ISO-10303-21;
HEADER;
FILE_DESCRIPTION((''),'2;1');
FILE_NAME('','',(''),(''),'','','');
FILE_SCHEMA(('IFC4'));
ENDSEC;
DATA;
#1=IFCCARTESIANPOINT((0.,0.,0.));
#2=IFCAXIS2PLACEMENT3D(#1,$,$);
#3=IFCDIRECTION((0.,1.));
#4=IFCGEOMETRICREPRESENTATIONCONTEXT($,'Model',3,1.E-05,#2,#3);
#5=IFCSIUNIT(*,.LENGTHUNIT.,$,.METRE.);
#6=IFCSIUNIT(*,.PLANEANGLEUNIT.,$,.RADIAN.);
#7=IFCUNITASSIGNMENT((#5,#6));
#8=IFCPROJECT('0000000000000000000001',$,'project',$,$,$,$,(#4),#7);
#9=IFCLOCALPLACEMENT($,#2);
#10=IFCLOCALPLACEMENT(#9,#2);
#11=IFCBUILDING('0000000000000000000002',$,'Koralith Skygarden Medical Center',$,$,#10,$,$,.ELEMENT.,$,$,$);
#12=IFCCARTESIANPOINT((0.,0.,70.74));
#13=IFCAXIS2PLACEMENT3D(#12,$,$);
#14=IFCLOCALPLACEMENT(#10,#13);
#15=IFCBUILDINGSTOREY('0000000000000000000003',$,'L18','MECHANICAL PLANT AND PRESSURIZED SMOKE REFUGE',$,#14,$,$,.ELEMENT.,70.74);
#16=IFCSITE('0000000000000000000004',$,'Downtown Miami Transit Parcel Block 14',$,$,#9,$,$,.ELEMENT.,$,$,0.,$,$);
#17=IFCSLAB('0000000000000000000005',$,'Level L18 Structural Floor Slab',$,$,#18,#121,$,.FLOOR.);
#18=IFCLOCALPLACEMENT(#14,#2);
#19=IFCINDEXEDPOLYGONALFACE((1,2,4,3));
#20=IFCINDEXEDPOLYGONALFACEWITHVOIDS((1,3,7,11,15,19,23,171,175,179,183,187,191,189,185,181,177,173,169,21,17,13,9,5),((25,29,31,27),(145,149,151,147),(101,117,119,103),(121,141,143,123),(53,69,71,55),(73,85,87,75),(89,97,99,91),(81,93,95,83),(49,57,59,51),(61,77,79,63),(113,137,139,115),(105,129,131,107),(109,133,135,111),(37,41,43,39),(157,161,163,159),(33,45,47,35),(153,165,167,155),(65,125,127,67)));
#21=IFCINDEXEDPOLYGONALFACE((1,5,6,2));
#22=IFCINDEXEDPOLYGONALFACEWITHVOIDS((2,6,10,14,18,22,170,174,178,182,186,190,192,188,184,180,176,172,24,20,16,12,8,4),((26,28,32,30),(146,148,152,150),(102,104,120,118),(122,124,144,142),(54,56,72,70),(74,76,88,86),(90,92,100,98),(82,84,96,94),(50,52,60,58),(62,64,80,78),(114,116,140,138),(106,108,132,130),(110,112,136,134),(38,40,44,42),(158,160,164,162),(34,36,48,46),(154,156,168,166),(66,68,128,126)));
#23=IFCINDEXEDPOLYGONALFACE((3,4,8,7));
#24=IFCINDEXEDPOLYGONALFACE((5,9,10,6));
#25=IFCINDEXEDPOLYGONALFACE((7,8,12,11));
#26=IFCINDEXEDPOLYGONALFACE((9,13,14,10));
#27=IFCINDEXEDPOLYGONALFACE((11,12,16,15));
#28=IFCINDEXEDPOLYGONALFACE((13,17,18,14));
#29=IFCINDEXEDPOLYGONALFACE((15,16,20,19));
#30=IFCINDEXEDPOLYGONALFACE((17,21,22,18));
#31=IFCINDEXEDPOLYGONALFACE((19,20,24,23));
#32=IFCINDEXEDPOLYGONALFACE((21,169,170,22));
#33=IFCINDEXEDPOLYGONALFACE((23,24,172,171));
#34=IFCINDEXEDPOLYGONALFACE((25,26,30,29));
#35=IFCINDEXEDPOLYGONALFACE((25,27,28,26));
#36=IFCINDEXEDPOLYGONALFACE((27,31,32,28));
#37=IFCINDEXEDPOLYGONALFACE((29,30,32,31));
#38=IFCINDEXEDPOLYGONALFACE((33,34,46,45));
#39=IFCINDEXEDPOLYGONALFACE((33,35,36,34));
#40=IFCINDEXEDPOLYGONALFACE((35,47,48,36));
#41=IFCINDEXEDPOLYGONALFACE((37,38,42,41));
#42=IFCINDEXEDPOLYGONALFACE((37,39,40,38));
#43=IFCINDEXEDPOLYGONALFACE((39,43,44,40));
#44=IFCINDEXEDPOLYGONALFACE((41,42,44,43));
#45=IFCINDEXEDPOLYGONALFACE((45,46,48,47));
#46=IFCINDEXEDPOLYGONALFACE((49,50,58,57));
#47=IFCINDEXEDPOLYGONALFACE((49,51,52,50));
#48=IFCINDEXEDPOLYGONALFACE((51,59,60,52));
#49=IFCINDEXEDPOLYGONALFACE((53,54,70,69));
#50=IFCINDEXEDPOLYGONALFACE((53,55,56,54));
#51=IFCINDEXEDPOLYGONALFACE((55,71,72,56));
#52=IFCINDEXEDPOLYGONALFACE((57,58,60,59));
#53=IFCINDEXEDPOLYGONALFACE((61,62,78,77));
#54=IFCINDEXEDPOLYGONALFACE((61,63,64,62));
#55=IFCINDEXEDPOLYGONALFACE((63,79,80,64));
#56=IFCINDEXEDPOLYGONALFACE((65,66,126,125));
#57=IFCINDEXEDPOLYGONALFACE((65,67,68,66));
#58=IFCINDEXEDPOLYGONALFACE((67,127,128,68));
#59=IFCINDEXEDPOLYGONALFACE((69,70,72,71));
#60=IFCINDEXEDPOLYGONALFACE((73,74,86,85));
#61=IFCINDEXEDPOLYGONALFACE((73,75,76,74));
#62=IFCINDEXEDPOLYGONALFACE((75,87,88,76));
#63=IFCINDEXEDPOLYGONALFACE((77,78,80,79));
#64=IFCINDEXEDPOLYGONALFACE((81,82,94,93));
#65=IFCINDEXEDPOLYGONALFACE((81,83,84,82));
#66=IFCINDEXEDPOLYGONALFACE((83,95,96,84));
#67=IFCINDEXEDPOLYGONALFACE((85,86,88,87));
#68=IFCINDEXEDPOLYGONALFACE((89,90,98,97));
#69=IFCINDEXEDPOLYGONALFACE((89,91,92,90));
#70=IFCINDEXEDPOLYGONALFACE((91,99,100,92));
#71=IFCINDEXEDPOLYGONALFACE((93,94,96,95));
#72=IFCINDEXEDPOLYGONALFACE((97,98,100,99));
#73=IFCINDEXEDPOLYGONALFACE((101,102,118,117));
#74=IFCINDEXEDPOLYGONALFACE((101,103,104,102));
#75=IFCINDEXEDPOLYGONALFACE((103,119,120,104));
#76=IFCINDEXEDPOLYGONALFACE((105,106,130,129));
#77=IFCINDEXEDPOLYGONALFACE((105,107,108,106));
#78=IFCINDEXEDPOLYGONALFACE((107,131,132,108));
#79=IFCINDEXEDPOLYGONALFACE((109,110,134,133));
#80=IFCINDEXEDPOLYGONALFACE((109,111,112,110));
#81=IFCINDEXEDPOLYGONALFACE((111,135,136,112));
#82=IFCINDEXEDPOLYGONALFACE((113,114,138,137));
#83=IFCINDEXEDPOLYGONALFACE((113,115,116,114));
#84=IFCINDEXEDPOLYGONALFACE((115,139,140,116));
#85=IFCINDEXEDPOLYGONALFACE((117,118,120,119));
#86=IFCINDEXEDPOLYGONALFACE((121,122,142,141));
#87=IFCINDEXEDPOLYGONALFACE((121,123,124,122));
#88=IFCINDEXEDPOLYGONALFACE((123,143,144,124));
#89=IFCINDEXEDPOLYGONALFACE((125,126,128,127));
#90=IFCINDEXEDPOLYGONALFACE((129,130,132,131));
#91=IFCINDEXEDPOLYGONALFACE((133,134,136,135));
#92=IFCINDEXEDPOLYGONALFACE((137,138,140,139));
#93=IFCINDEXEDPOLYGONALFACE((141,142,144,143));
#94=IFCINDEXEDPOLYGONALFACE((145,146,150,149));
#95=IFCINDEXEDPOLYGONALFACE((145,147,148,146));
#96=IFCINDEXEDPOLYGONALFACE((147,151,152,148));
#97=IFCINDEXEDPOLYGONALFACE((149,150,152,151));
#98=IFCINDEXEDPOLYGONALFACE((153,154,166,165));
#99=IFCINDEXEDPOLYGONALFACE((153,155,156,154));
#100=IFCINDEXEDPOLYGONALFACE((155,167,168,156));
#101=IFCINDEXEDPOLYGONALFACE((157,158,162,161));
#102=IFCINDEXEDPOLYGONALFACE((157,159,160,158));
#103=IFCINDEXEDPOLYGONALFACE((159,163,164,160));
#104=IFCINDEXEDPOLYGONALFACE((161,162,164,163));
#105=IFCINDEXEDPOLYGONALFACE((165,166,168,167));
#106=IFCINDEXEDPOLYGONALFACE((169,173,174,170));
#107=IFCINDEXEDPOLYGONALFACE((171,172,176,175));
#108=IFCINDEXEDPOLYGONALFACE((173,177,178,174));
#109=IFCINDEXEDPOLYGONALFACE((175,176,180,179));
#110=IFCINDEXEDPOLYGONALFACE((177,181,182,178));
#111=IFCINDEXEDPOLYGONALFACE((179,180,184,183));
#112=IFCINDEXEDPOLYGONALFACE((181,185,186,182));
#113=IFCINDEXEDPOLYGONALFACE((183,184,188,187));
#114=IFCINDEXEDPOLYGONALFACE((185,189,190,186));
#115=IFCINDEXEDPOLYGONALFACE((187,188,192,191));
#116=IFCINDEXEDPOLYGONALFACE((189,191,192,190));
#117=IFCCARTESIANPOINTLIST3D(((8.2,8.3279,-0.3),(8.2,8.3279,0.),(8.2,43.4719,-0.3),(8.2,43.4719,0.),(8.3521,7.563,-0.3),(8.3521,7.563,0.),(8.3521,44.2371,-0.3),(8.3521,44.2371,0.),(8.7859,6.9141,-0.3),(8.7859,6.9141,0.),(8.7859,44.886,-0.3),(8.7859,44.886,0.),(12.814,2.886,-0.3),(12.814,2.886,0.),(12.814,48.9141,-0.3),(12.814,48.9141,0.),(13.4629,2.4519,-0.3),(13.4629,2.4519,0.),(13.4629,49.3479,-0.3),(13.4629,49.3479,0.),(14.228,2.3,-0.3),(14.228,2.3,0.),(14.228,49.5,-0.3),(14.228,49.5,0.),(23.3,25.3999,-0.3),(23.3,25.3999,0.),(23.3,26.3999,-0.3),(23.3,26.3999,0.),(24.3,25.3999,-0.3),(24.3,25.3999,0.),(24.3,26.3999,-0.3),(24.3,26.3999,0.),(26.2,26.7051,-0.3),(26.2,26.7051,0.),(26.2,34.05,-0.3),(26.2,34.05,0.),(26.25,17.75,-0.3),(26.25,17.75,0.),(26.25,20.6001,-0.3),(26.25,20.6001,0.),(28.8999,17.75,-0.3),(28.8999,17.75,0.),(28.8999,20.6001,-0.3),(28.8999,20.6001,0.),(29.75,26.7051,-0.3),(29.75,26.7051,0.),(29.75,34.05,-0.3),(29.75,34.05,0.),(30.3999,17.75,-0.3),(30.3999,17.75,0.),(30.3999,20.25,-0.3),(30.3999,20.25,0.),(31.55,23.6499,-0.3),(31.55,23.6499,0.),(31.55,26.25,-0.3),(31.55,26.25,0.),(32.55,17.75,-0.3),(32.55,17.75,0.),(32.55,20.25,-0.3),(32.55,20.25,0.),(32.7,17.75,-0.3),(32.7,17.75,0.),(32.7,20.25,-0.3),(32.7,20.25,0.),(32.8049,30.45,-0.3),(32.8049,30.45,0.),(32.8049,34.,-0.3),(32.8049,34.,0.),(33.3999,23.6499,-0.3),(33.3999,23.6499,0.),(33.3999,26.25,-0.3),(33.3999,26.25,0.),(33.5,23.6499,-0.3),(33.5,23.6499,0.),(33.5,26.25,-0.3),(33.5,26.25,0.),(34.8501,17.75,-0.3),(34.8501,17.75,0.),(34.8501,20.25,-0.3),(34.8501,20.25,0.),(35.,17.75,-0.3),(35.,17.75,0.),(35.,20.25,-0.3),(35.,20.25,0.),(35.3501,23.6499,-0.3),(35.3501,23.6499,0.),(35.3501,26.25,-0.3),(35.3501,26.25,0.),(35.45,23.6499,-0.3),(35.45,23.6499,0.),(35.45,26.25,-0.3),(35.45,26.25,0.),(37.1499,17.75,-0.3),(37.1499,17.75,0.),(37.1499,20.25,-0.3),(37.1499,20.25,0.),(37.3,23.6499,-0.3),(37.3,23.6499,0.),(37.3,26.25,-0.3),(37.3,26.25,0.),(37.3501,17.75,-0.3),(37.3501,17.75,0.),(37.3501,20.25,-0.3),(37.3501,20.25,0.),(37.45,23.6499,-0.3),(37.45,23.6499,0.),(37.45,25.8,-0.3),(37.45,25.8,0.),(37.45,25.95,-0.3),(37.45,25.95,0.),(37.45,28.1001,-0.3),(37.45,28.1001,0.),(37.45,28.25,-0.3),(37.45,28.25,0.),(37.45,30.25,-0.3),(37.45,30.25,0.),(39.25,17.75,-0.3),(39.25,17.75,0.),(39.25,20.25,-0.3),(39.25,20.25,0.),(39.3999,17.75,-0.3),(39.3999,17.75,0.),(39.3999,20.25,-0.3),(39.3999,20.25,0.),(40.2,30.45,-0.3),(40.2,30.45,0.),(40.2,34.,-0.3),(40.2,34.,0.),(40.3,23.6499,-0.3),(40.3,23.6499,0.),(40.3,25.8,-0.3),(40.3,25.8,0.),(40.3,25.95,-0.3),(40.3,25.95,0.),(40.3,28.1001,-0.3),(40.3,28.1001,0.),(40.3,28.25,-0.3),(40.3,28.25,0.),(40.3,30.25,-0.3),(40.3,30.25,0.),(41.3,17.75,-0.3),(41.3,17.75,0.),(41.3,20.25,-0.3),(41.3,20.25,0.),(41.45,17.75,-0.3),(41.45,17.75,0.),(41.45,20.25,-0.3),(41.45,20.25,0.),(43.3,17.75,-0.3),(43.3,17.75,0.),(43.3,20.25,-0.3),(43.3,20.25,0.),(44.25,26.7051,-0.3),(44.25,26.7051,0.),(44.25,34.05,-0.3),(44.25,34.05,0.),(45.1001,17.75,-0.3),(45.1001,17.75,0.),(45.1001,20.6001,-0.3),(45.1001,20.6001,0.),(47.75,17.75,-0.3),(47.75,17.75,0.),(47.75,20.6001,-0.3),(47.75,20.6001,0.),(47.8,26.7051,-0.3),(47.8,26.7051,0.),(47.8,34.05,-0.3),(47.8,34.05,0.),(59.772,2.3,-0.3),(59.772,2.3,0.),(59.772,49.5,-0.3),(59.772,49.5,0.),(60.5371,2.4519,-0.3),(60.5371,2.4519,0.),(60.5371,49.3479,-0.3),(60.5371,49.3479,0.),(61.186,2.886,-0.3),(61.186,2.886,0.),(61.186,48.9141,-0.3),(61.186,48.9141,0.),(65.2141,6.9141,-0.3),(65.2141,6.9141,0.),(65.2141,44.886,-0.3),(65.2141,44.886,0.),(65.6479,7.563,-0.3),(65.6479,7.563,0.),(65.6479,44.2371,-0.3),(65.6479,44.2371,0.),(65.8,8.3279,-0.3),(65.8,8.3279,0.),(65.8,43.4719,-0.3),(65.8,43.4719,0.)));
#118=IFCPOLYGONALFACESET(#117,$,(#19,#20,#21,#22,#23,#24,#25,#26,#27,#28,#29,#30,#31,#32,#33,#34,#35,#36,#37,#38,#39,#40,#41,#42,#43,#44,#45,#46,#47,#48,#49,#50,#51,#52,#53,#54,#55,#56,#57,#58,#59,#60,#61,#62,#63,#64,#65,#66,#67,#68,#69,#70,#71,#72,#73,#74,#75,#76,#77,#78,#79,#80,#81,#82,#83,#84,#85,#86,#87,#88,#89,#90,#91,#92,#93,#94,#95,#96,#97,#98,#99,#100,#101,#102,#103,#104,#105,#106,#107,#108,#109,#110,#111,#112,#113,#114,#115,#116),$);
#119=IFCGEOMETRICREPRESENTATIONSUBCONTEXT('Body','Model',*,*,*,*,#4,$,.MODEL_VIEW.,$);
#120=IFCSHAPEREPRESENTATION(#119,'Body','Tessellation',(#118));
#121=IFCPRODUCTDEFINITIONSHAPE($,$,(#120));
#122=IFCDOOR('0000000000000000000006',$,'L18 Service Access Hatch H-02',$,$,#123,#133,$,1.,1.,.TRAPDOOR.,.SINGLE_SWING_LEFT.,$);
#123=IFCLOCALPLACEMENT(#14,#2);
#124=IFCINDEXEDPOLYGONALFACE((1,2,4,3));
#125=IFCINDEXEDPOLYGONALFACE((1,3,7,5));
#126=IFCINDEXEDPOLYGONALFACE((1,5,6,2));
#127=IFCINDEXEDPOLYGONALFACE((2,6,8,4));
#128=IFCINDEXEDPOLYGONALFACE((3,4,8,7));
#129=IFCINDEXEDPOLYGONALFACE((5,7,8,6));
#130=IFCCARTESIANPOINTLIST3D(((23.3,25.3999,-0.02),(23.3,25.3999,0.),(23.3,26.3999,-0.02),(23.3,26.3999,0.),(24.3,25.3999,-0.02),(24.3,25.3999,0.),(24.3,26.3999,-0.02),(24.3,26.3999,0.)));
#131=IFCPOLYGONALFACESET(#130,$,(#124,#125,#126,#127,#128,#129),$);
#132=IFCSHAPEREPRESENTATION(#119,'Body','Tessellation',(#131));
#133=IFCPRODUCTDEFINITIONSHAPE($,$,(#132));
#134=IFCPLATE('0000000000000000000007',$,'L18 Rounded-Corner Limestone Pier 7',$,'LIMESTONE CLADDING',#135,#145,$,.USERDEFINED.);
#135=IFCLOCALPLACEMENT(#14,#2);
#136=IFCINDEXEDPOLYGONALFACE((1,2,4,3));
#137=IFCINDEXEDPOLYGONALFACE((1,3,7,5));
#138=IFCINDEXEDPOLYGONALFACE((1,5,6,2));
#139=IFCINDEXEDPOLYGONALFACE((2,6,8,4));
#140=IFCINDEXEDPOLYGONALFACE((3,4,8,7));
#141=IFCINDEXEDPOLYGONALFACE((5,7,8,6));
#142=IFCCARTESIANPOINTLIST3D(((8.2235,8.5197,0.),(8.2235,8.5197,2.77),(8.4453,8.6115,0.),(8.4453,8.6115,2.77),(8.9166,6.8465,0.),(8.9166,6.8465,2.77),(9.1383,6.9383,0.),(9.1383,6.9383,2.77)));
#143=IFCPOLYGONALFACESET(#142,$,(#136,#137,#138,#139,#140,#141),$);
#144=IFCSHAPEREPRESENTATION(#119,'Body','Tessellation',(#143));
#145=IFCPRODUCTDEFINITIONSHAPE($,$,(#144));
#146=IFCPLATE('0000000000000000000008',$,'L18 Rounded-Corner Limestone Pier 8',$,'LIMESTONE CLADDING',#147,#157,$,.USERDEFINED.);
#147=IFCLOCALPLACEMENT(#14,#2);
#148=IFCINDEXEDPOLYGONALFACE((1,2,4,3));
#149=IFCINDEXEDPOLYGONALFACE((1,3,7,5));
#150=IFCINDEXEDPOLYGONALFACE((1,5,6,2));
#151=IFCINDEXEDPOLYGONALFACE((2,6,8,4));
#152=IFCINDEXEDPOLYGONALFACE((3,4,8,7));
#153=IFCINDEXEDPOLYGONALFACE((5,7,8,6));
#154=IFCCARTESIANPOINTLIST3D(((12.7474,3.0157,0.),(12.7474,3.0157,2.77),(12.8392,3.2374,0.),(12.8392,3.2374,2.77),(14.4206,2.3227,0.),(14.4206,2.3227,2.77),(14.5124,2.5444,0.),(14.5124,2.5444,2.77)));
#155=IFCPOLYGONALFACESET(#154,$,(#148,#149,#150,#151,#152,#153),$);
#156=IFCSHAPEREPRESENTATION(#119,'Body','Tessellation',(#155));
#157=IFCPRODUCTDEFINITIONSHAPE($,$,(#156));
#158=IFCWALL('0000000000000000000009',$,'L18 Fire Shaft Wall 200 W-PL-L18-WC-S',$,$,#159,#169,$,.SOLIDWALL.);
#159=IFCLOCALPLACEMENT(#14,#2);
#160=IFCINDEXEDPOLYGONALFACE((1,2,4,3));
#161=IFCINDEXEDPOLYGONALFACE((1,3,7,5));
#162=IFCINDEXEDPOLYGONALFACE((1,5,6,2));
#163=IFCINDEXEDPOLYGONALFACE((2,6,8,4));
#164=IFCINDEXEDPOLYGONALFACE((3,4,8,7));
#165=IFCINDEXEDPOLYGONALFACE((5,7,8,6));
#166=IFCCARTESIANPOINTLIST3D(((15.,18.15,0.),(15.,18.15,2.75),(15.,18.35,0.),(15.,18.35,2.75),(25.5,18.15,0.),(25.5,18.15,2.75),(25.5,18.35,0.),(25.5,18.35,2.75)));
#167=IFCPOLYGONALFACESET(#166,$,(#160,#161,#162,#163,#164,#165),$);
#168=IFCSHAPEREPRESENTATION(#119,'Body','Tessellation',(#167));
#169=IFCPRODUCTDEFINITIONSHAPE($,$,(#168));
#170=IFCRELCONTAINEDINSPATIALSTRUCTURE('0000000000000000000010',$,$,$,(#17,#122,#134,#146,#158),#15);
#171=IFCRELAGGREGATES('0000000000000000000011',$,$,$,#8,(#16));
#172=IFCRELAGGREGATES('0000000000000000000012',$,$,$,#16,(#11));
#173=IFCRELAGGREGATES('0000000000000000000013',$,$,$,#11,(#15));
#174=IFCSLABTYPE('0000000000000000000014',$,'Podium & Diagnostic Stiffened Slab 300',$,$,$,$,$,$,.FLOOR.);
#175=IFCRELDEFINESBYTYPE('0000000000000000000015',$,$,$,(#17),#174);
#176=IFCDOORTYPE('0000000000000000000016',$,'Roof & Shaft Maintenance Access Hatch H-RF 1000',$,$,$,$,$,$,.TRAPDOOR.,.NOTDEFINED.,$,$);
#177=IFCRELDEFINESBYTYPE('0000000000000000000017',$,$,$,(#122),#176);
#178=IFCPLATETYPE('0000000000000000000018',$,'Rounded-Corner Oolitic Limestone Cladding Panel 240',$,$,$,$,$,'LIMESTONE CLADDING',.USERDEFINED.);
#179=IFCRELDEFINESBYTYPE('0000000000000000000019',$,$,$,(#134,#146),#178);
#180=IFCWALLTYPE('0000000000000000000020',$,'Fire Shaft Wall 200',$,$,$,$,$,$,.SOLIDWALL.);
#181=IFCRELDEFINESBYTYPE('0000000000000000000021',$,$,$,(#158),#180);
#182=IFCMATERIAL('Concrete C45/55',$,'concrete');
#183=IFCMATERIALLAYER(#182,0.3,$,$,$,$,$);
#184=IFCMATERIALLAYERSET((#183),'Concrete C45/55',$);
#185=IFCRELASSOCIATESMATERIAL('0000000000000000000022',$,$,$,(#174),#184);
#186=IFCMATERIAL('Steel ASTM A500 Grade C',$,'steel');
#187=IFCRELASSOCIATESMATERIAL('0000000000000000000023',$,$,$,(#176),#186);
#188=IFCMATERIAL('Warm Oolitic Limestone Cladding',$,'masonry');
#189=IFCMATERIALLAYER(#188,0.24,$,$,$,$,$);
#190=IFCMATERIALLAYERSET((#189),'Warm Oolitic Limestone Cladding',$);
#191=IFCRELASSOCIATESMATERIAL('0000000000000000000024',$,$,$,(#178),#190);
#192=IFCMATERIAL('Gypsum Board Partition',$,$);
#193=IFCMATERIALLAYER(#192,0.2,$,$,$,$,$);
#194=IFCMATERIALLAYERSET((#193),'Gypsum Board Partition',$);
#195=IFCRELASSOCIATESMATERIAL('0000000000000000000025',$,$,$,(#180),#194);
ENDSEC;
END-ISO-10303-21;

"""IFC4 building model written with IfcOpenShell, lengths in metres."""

from ifc_helpers import new_model, si_unit, direction, frame, frame_2d, origin, origin_2d, place, context, subcontext, project, spatial, polyline, rectangle, outline, extrude, material, layer, layer_set, type_object, element, fill, save


model = new_model("IFC4")

# Units and contexts
model_context = context("Model", 3, precision=1e-05, world=origin(), true_north=direction((0.0, 1.0)))
body_context = subcontext(model_context, "Body", "Model", "MODEL_VIEW")
ifc_project = project(units=[si_unit("LENGTHUNIT", "METRE"), si_unit("PLANEANGLEUNIT", "RADIAN")], contexts=[model_context])

# Site, building, storey
site_placement = place(None, origin())
site = spatial("IfcSite", under=ifc_project, at=site_placement, Name="Downtown Miami Transit Parcel Block 14", CompositionType="ELEMENT", RefElevation=0.0)
building_placement = place(site_placement, origin())
building = spatial("IfcBuilding", under=site, at=building_placement, Name="Koralith Skygarden Medical Center", CompositionType="ELEMENT")
storey_placement = place(building_placement, frame((0.0, 0.0, 70.74)))
storey = spatial("IfcBuildingStorey", under=building, at=storey_placement, Name="L18", Description="MECHANICAL PLANT AND PRESSURIZED SMOKE REFUGE", CompositionType="ELEMENT", Elevation=70.74)

# Shared definitions
ifc_material_1 = material(Name="Steel ASTM A500 Grade C", Category="steel")

# Shared definitions
ifc_material_2 = material(Name="Concrete C45/55", Category="concrete")

# Slab, opening, door
ifc_layer_1 = layer(ifc_material_2, 0.3)
ifc_layer_set_1 = layer_set([ifc_layer_1], Name="Concrete C45/55")
slab_type_1 = type_object("IfcSlabType", Name="Podium & Diagnostic Stiffened Slab 300", PredefinedType="FLOOR", material=ifc_layer_set_1)
slab_1_placement = place(storey_placement, frame((0.0, 0.0, -0.3)))
slab_1 = element("IfcSlab", 1, at=slab_1_placement, inside=storey, type_object=slab_type_1, Name="Level L18 Structural Floor Slab", PredefinedType="FLOOR", context=body_context, shape_type="SweptSolid", body=[
    extrude(outline(polyline([(12.814, 2.886), (13.4629, 2.4519), (14.228, 2.3), (59.772, 2.3), (60.5371, 2.4519), (61.186, 2.886), (65.2141, 6.9141), (65.6479, 7.563), (65.8, 8.3279), (65.8, 43.4719), (65.6479, 44.2371), (65.2141, 44.886), (61.186, 48.9141), (60.5371, 49.3479), (59.772, 49.5), (14.228, 49.5), (13.4629, 49.3479), (12.814, 48.9141), (8.7859, 44.886), (8.3521, 44.2371), (8.2, 43.4719), (8.2, 8.3279), (8.3521, 7.563), (8.7859, 6.9141), (12.814, 2.886)]), holes=[polyline([(26.2, 26.7051), (29.75, 26.7051), (29.75, 34.05), (26.2, 34.05), (26.2, 26.7051)]), polyline([(44.25, 26.7051), (47.8, 26.7051), (47.8, 34.05), (44.25, 34.05), (44.25, 26.7051)]), polyline([(32.8049, 30.45), (40.2, 30.45), (40.2, 34.0), (32.8049, 34.0), (32.8049, 30.45)]), polyline([(26.25, 17.75), (28.8999, 17.75), (28.8999, 20.6001), (26.25, 20.6001), (26.25, 17.75)]), polyline([(45.1001, 17.75), (47.75, 17.75), (47.75, 20.6001), (45.1001, 20.6001), (45.1001, 17.75)]), polyline([(30.3999, 17.75), (32.55, 17.75), (32.55, 20.25), (30.3999, 20.25), (30.3999, 17.75)]), polyline([(32.7, 17.75), (34.8501, 17.75), (34.8501, 20.25), (32.7, 20.25), (32.7, 17.75)]), polyline([(35.0, 17.75), (37.1499, 17.75), (37.1499, 20.25), (35.0, 20.25), (35.0, 17.75)]), polyline([(37.3501, 17.75), (39.25, 17.75), (39.25, 20.25), (37.3501, 20.25), (37.3501, 17.75)]), polyline([(39.3999, 17.75), (41.3, 17.75), (41.3, 20.25), (39.3999, 20.25), (39.3999, 17.75)]), polyline([(41.45, 17.75), (43.3, 17.75), (43.3, 20.25), (41.45, 20.25), (41.45, 17.75)]), polyline([(31.55, 23.6499), (33.3999, 23.6499), (33.3999, 26.25), (31.55, 26.25), (31.55, 23.6499)]), polyline([(33.5, 23.6499), (35.3501, 23.6499), (35.3501, 26.25), (33.5, 26.25), (33.5, 23.6499)]), polyline([(35.45, 23.6499), (37.3, 23.6499), (37.3, 26.25), (35.45, 26.25), (35.45, 23.6499)]), polyline([(37.45, 23.6499), (40.3, 23.6499), (40.3, 25.8), (37.45, 25.8), (37.45, 23.6499)]), polyline([(37.45, 25.95), (40.3, 25.95), (40.3, 28.1001), (37.45, 28.1001), (37.45, 25.95)]), polyline([(37.45, 28.25), (40.3, 28.25), (40.3, 30.25), (37.45, 30.25), (37.45, 28.25)])]), origin(), (0.0, 0.0, 1.0), 0.3),
])
opening_placement = place(slab_1_placement, frame((23.8, 25.8999, -0.01)))
opening = element("IfcOpeningElement", 2, at=opening_placement, cuts=slab_1, PredefinedType="OPENING", context=body_context, shape_type="SweptSolid", body=[
    extrude(rectangle(XDim=1.0, YDim=1.0, at=origin_2d()), origin(), (0.0, 0.0, 1.0), 0.3201),
])
door_type = type_object("IfcDoorType", Name="Roof & Shaft Maintenance Access Hatch H-RF 1000", OperationType="NOTDEFINED", PredefinedType="TRAPDOOR", material=ifc_material_1)
door_placement = place(opening_placement, frame((0.0, 0.0, 0.29)))
door = element("IfcDoor", 3, at=door_placement, inside=storey, type_object=door_type, Name="L18 Service Access Hatch H-02", OperationType="SINGLE_SWING_LEFT", OverallHeight=1.0, OverallWidth=1.0, PredefinedType="TRAPDOOR", context=body_context, shape_type="SweptSolid", body=[
    extrude(rectangle(XDim=1.0, YDim=1.0, at=origin_2d()), origin(), (0.0, 0.0, 1.0), 0.02),
])
fill(opening, door)

# Plates
ifc_material_3 = material(Name="Warm Oolitic Limestone Cladding", Category="masonry")
ifc_layer_2 = layer(ifc_material_3, 0.24)
ifc_layer_set_2 = layer_set([ifc_layer_2], Name="Warm Oolitic Limestone Cladding")
plate_type_1 = type_object("IfcPlateType", Name="Rounded-Corner Oolitic Limestone Cladding Panel 240", ElementType="LIMESTONE CLADDING", PredefinedType="USERDEFINED", material=ifc_layer_set_2)
for number, where, z_axis, x_axis, name in (
    (4, (8.6809, 7.729, 0.0), (0.0, 0.0, 1.0), (0.382671, -0.923885, 0.0), "L18 Rounded-Corner Limestone Pier 7"),
    (5, (13.6299, 2.78, 0.0), (0.0, 0.0, 1.0), (0.923885, -0.382671, 0.0), "L18 Rounded-Corner Limestone Pier 8"),
):
    element("IfcPlate", number, at=place(storey_placement, frame(where, z_axis=z_axis, x_axis=x_axis)), inside=storey, type_object=plate_type_1, Name=name, ObjectType="LIMESTONE CLADDING", PredefinedType="USERDEFINED", context=body_context, shape_type="SweptSolid", body=[
        extrude(rectangle(XDim=1.811, YDim=0.24, at=origin_2d()), origin(), (0.0, 0.0, 1.0), 2.77),
    ])

# Wall
ifc_material_4 = material(Name="Gypsum Board Partition")
ifc_layer_3 = layer(ifc_material_4, 0.2)
ifc_layer_set_3 = layer_set([ifc_layer_3], Name="Gypsum Board Partition")
wall_type_1 = type_object("IfcWallType", Name="Fire Shaft Wall 200", PredefinedType="SOLIDWALL", material=ifc_layer_set_3)
wall_1_placement = place(storey_placement, frame((15.0, 18.25, 0.0), z_axis=(0.0, 0.0, 1.0), x_axis=(1.0, 0.0, 0.0)))
element("IfcWall", 6, at=wall_1_placement, inside=storey, type_object=wall_type_1, Name="L18 Fire Shaft Wall 200 W-PL-L18-WC-S", PredefinedType="SOLIDWALL", context=body_context, shape_type="SweptSolid", body=[
    extrude(rectangle(XDim=10.5, YDim=0.2, at=frame_2d((5.25, 0.0))), origin(), (0.0, 0.0, 1.0), 2.75),
])

save(model, "model.ifc")
